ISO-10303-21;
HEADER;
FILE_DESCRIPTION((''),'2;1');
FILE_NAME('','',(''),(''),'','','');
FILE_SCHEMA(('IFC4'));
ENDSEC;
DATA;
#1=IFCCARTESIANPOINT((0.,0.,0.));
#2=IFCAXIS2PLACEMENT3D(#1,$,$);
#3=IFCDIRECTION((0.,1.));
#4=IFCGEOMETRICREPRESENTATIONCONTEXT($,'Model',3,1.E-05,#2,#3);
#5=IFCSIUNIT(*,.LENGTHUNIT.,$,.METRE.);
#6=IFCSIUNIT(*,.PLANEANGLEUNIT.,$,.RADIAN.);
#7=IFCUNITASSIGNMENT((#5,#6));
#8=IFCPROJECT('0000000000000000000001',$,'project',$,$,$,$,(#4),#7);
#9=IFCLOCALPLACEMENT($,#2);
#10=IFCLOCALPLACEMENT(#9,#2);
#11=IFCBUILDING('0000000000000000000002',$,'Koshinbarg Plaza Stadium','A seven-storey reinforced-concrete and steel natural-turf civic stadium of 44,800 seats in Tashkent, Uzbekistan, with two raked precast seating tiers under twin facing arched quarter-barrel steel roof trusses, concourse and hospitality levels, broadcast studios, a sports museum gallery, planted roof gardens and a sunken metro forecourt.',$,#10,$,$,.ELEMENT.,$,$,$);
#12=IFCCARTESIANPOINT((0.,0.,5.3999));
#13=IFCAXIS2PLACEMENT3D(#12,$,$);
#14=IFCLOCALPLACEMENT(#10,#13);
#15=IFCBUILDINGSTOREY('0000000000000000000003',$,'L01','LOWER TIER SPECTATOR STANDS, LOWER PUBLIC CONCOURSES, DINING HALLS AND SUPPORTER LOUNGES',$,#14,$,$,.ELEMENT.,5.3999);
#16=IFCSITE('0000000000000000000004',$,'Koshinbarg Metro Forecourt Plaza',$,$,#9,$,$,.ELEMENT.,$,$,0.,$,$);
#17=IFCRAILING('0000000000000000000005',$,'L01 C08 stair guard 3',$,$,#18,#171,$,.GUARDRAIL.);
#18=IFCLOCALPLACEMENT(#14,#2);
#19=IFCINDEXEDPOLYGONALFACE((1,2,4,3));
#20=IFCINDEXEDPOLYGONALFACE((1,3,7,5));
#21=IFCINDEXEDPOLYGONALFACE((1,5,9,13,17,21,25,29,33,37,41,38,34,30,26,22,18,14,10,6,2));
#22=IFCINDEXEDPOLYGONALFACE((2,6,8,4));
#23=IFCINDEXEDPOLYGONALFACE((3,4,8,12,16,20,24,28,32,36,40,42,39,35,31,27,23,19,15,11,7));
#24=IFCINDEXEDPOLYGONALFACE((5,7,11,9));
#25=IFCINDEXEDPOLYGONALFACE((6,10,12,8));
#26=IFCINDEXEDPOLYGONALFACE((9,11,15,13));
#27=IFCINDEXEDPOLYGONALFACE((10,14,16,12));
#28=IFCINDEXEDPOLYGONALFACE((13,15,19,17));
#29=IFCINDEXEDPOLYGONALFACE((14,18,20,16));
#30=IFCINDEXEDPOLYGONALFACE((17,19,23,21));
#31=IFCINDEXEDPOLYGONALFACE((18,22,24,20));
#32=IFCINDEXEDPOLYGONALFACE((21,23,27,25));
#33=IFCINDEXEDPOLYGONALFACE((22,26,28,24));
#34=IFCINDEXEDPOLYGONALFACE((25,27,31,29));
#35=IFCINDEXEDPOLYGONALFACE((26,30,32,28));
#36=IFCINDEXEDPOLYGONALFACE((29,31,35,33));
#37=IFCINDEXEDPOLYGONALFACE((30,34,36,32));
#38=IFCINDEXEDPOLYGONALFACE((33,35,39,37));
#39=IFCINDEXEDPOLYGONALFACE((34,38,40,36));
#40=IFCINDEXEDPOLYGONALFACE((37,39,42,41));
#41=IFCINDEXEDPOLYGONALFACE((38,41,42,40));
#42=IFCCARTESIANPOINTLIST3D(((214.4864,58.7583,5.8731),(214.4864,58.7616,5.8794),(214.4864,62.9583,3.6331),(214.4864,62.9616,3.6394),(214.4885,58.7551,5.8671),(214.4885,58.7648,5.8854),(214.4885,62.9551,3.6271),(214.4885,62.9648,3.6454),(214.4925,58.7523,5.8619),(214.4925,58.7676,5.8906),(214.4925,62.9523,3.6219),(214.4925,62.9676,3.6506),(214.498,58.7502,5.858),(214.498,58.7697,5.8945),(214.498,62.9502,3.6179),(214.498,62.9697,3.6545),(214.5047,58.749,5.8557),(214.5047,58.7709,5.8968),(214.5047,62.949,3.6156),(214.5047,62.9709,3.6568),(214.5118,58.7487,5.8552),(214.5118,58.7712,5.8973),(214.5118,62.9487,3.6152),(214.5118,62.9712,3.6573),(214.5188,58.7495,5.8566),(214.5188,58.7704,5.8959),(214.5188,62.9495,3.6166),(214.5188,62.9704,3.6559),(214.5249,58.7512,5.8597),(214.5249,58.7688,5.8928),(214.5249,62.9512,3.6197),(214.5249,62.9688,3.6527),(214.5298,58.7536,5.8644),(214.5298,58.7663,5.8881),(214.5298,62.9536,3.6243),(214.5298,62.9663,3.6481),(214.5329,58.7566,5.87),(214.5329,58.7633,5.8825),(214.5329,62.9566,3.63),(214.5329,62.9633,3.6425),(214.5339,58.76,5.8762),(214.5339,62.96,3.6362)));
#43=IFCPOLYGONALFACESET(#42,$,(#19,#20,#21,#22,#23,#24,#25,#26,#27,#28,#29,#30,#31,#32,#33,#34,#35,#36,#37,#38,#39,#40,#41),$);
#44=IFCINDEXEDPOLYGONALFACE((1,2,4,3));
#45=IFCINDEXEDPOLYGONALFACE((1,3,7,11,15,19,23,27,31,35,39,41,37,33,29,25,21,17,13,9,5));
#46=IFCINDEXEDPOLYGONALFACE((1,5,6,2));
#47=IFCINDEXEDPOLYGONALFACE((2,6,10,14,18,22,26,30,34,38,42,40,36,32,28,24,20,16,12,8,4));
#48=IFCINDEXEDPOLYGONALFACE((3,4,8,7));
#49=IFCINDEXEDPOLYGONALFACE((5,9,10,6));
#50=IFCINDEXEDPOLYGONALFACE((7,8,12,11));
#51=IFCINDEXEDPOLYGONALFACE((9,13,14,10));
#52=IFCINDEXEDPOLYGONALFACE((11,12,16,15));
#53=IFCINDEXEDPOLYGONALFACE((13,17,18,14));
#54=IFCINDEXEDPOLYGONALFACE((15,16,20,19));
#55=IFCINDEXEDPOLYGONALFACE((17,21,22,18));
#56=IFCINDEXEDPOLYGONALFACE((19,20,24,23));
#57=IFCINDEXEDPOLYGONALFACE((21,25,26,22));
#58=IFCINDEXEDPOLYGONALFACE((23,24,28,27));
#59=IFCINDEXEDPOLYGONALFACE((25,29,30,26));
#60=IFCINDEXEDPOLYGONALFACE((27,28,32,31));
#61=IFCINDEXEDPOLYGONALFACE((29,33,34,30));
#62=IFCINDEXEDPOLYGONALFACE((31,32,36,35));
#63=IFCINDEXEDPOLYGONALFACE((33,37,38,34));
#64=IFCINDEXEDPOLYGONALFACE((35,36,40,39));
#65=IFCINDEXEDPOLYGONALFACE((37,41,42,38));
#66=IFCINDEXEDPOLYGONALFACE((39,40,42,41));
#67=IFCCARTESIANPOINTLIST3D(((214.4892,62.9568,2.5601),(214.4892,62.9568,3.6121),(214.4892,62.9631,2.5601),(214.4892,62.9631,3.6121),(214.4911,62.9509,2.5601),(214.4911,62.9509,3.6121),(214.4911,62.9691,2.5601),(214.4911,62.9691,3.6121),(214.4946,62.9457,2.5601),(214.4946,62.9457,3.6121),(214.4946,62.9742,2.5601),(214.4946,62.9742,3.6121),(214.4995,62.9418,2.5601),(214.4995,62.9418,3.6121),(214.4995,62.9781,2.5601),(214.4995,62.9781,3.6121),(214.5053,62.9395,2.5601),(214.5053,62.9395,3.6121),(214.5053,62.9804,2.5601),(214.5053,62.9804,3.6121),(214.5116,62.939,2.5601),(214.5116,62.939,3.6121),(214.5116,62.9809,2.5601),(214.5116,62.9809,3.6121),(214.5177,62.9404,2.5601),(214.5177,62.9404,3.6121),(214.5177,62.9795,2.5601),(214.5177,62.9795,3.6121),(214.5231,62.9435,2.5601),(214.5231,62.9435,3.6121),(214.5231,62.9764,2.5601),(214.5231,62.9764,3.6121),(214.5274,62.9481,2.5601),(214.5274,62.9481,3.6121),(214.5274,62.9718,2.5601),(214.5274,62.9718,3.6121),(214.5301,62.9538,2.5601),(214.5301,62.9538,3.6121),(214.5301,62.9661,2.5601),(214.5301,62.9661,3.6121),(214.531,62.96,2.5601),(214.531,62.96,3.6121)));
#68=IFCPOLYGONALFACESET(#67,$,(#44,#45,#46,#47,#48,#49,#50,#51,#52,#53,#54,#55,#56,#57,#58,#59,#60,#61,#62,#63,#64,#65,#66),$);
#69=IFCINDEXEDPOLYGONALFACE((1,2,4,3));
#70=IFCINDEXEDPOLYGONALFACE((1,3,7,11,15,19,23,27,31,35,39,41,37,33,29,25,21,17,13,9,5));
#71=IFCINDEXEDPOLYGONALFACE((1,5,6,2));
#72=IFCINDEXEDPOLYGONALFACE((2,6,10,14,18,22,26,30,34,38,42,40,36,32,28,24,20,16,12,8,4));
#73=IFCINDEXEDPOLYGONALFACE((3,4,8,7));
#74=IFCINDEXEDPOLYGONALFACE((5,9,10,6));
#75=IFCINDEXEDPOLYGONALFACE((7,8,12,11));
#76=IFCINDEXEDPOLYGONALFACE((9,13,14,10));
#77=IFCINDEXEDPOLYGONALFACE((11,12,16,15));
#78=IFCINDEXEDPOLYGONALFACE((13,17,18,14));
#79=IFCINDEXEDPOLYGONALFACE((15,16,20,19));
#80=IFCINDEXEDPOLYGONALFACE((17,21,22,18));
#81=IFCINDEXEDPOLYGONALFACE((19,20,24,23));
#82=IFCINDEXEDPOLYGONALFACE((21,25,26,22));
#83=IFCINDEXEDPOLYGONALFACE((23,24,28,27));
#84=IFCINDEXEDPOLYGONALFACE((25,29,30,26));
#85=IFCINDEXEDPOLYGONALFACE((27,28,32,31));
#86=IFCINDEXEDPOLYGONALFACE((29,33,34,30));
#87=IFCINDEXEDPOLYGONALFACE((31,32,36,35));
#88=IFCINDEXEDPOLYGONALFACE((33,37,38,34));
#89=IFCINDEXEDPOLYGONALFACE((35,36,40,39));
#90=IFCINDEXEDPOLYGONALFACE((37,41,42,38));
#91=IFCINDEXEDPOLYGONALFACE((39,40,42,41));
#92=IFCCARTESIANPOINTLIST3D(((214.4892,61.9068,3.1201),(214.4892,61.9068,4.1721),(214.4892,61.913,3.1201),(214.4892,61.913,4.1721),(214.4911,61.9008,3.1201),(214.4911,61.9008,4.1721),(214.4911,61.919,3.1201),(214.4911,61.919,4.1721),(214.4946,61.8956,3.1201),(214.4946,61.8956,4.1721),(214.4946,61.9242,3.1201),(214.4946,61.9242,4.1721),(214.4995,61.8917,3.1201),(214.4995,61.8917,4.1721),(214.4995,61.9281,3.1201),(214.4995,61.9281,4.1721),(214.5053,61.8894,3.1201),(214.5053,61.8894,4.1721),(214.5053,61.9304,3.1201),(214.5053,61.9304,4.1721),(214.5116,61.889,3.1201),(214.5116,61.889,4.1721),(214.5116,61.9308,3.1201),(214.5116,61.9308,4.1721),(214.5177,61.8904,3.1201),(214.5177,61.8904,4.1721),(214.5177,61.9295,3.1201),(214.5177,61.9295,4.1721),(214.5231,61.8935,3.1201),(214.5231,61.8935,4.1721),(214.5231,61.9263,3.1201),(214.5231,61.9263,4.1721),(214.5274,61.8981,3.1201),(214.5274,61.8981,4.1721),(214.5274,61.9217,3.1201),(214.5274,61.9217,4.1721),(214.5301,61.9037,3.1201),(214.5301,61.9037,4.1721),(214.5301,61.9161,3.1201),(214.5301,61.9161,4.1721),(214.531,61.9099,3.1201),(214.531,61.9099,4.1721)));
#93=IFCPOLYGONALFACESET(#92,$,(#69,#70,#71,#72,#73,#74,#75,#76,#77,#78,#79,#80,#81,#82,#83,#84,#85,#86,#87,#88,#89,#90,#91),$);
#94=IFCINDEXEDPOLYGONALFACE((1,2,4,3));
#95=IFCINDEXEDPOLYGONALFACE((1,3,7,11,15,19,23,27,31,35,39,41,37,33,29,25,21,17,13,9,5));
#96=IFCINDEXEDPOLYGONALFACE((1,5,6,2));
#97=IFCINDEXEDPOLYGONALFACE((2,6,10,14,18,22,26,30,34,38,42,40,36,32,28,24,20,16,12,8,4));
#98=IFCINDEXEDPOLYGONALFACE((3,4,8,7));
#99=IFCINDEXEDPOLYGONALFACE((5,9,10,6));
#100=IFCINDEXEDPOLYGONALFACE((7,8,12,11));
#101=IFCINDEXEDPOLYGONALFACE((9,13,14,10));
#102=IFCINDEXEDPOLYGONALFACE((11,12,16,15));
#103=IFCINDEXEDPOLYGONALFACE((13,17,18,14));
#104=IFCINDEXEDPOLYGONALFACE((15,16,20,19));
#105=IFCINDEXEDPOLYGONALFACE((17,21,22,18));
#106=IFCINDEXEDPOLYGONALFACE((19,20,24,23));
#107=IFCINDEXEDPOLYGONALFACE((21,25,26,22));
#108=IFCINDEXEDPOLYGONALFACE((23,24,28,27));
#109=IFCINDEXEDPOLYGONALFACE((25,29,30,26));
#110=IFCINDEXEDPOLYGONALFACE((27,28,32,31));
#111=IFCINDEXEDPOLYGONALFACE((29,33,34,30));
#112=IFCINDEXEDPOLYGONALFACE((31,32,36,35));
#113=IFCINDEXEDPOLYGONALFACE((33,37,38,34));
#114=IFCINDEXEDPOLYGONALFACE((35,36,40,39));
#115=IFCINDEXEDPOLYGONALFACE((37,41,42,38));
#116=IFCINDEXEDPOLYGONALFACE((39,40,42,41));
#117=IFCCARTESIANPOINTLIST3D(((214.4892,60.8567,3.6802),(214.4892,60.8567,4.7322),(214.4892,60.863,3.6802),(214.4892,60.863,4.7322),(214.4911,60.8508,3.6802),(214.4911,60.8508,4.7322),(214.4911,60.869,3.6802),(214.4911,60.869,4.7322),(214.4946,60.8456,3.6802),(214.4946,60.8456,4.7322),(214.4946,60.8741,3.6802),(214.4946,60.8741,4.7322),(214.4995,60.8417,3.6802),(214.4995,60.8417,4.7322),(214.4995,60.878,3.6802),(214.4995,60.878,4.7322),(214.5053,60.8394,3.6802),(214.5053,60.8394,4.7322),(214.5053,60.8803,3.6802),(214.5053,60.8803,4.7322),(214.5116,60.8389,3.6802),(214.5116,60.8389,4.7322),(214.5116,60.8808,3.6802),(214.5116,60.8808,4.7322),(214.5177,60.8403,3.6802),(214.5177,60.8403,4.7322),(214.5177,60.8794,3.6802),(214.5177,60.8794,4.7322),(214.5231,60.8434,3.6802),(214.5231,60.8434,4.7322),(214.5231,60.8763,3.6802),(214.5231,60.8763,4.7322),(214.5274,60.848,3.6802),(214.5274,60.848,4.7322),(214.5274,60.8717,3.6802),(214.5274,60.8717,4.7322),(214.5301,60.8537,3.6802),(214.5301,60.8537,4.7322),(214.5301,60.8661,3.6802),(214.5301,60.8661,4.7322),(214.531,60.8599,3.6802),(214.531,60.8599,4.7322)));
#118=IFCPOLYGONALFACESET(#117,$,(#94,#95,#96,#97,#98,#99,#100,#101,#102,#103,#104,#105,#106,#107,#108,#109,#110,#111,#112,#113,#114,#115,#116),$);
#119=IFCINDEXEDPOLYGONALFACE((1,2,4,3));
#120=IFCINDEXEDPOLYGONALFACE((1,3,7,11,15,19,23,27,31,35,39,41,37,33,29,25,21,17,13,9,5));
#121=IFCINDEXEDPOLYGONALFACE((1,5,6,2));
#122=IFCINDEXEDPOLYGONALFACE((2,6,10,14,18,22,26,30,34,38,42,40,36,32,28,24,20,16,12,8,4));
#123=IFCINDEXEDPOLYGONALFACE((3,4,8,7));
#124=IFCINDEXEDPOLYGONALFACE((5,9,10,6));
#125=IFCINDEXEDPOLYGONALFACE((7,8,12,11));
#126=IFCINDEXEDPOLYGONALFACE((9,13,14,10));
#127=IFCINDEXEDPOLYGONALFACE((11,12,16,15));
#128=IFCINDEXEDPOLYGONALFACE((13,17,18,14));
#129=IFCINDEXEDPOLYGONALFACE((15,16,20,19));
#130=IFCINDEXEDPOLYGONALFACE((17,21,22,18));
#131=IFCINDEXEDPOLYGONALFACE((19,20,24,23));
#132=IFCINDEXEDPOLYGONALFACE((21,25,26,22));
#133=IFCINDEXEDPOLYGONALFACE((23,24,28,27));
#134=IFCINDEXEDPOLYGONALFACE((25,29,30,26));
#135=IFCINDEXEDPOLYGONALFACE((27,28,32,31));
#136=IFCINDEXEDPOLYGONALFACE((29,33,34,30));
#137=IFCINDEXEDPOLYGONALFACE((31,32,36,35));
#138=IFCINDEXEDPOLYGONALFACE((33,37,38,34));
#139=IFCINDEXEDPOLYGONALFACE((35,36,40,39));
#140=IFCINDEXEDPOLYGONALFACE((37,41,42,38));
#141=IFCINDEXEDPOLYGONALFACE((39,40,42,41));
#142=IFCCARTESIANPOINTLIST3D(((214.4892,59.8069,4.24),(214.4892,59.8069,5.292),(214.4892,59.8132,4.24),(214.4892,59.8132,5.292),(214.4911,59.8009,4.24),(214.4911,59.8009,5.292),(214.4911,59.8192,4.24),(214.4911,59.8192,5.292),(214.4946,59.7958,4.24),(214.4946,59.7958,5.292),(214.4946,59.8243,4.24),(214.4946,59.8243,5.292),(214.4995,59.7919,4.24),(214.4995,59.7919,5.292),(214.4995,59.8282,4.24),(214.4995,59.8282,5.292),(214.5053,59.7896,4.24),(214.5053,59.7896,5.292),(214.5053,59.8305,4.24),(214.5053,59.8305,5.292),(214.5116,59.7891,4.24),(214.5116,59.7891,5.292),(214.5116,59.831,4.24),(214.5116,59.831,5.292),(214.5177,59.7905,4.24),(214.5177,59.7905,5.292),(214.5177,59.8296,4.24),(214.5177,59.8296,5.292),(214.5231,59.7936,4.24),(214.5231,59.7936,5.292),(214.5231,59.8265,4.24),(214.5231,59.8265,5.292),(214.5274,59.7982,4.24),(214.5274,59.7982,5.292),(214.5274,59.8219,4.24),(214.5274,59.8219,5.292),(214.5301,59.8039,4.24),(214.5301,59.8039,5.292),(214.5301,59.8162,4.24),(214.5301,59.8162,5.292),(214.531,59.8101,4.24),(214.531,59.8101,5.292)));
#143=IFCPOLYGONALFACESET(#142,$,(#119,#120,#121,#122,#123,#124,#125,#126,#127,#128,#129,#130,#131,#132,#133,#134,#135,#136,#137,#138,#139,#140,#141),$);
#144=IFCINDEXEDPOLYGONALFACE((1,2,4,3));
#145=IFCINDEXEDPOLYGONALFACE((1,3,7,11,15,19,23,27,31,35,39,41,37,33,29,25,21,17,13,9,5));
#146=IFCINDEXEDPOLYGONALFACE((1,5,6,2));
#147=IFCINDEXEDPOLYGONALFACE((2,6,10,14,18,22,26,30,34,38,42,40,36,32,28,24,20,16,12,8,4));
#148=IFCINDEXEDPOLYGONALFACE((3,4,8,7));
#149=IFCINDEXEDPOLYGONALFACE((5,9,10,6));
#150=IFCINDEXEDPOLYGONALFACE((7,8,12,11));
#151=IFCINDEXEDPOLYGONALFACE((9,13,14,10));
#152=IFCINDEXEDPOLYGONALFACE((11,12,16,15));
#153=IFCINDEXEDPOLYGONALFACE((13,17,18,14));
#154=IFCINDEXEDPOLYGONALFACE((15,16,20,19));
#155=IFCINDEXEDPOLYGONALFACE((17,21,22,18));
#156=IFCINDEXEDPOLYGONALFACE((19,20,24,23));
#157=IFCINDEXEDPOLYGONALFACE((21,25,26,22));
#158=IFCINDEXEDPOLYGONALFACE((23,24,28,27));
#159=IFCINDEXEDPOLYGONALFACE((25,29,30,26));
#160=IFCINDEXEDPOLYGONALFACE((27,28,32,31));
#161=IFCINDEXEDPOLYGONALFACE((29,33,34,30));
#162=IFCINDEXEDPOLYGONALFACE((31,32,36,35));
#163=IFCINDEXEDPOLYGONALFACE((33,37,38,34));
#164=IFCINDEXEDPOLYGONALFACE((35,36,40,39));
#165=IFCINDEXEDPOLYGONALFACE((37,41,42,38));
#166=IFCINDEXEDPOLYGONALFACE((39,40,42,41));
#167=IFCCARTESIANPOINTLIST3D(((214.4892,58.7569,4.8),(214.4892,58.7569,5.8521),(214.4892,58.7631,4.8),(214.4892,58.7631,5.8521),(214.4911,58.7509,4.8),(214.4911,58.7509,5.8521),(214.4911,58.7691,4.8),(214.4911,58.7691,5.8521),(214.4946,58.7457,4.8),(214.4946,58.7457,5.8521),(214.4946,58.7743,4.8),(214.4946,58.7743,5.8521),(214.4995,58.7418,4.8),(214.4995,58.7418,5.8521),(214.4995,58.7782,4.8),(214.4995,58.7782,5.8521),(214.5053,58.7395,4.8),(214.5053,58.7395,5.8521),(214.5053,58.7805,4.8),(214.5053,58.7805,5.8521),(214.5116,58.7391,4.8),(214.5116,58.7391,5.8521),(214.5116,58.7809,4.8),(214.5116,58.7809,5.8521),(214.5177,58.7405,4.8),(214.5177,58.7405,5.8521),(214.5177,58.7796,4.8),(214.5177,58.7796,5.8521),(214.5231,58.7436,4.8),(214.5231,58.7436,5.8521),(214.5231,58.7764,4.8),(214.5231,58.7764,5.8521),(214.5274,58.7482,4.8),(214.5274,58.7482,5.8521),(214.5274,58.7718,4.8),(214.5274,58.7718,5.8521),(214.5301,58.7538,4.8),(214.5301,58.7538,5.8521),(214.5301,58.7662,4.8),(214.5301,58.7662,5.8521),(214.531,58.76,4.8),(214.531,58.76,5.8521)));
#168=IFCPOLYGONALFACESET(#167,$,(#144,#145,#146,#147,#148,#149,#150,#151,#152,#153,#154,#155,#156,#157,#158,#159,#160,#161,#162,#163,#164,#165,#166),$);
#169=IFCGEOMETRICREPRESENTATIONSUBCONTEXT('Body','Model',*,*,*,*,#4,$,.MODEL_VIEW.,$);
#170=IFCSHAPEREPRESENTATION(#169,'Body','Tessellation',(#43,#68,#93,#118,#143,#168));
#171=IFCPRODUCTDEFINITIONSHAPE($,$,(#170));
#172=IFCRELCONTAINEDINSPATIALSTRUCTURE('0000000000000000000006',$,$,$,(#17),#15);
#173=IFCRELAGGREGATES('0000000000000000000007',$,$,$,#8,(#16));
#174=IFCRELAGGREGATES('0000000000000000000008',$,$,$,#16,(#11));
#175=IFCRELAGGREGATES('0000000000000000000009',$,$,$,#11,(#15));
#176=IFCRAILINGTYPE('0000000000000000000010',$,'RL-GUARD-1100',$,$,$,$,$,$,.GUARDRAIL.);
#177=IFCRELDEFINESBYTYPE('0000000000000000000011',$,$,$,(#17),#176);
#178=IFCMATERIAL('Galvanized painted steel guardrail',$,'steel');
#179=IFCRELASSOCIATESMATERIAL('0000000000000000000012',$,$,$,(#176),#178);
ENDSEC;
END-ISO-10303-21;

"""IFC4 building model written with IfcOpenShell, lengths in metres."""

from ifc_helpers import new_model, si_unit, direction, frame, origin, origin_2d, place, context, subcontext, project, spatial, circle, extrude, material, type_object, element, save


model = new_model("IFC4")

# Units and contexts
model_context = context("Model", 3, precision=1e-05, world=origin(), true_north=direction((0.0, 1.0)))
body_context = subcontext(model_context, "Body", "Model", "MODEL_VIEW")
ifc_project = project(units=[si_unit("LENGTHUNIT", "METRE"), si_unit("PLANEANGLEUNIT", "RADIAN")], contexts=[model_context])

# Site, building, storey
site_placement = place(None, origin())
site = spatial("IfcSite", under=ifc_project, at=site_placement, Name="Koshinbarg Metro Forecourt Plaza", CompositionType="ELEMENT", RefElevation=0.0)
building_placement = place(site_placement, origin())
building = spatial("IfcBuilding", under=site, at=building_placement, Name="Koshinbarg Plaza Stadium", Description="A seven-storey reinforced-concrete and steel natural-turf civic stadium of 44,800 seats in Tashkent, Uzbekistan, with two raked precast seating tiers under twin facing arched quarter-barrel steel roof trusses, concourse and hospitality levels, broadcast studios, a sports museum gallery, planted roof gardens and a sunken metro forecourt.", CompositionType="ELEMENT")
storey_placement = place(building_placement, frame((0.0, 0.0, 5.3999)))
storey = spatial("IfcBuildingStorey", under=building, at=storey_placement, Name="L01", Description="LOWER TIER SPECTATOR STANDS, LOWER PUBLIC CONCOURSES, DINING HALLS AND SUPPORTER LOUNGES", CompositionType="ELEMENT", Elevation=5.3999)

# Railing
ifc_material_1 = material(Name="Galvanized painted steel guardrail", Category="steel")
railing_type_1 = type_object("IfcRailingType", Name="RL-GUARD-1100", PredefinedType="GUARDRAIL", material=ifc_material_1)
railing_1_placement = place(storey_placement, frame((214.51, 62.96, 2.5601)))
element("IfcRailing", 1, at=railing_1_placement, inside=storey, type_object=railing_type_1, Name="L01 C08 stair guard 3", PredefinedType="GUARDRAIL", context=body_context, shape_type="SweptSolid", body=[
    extrude(circle(Radius=0.0239, at=origin_2d()), frame((0.0, 0.0, 1.0762), z_axis=(0.0, -0.882352, 0.470591), x_axis=(1.0, 0.0, 0.0)), (0.0, 0.0, 1.0), 4.76),
    extrude(circle(Radius=0.021, at=origin_2d()), origin(), (0.0, 0.0, 1.0), 1.052),
    extrude(circle(Radius=0.021, at=origin_2d()), frame((0.0, -1.05, 0.5601)), (0.0, 0.0, 1.0), 1.052),
    extrude(circle(Radius=0.021, at=origin_2d()), frame((0.0, -2.1001, 1.1201)), (0.0, 0.0, 1.0), 1.052),
    extrude(circle(Radius=0.021, at=origin_2d()), frame((0.0, -3.1499, 1.6799)), (0.0, 0.0, 1.0), 1.052),
    extrude(circle(Radius=0.021, at=origin_2d()), frame((0.0, -4.2, 2.24)), (0.0, 0.0, 1.0), 1.052),
])

save(model, "model.ifc")
